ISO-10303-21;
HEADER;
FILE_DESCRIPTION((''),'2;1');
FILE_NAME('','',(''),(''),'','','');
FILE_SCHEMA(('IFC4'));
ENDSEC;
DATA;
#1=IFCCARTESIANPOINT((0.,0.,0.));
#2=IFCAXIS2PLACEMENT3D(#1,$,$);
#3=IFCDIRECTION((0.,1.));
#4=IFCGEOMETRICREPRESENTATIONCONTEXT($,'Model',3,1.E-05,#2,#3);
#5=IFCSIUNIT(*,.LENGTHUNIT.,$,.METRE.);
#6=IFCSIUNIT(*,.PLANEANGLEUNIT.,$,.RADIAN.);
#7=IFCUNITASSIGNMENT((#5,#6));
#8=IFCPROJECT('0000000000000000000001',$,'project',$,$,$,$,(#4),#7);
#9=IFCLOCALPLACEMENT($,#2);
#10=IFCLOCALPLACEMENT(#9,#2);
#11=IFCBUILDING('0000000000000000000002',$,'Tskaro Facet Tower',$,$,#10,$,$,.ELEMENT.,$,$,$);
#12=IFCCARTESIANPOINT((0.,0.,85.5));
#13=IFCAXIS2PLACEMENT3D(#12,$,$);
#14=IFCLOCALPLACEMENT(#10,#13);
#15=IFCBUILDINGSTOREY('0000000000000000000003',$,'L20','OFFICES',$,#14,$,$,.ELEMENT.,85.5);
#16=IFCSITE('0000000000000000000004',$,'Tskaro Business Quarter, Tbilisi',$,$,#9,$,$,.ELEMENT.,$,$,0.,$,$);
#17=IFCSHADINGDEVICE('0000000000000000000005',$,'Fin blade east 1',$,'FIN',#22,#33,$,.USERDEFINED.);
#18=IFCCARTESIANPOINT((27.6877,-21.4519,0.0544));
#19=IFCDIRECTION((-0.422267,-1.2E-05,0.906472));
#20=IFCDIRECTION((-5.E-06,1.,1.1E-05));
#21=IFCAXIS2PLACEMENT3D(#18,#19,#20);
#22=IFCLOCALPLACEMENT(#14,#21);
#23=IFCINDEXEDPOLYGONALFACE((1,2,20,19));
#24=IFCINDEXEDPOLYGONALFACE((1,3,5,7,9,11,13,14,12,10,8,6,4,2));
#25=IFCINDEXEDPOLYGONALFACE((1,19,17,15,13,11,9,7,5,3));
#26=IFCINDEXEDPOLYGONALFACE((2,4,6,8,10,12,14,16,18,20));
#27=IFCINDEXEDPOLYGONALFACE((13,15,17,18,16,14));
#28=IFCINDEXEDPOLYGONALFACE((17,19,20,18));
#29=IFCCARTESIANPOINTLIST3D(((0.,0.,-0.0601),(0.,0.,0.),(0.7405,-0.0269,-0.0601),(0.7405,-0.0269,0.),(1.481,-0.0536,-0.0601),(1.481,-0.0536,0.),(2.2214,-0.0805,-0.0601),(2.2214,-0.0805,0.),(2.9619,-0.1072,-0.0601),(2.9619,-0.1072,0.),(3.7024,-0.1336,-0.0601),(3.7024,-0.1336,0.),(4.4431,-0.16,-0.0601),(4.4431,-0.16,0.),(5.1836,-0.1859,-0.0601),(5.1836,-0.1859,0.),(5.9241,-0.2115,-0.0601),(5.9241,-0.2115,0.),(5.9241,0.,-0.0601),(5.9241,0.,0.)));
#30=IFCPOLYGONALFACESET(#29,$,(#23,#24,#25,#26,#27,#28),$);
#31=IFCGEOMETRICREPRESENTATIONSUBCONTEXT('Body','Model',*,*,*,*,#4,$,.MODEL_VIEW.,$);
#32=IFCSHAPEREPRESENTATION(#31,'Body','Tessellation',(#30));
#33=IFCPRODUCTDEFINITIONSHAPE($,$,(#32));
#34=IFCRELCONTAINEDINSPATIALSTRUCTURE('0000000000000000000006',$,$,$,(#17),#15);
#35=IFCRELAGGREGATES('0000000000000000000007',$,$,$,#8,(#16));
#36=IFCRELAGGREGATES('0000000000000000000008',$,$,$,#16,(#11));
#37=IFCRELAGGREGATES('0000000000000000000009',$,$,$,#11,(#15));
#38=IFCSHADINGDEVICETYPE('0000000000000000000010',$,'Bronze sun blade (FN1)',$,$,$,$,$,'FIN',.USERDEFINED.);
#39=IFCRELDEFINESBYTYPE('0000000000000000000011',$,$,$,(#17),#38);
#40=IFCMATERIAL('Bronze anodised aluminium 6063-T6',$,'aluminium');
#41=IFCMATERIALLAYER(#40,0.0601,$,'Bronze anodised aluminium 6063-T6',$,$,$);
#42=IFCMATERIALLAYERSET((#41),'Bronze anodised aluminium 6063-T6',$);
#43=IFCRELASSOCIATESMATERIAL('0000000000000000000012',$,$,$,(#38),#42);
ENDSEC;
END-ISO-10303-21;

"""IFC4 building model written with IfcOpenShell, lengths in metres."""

from ifc_helpers import new_model, si_unit, direction, frame, origin, place, context, subcontext, project, spatial, polyline, outline, extrude, material, layer, layer_set, type_object, element, save


model = new_model("IFC4")

# Units and contexts
model_context = context("Model", 3, precision=1e-05, world=origin(), true_north=direction((0.0, 1.0)))
body_context = subcontext(model_context, "Body", "Model", "MODEL_VIEW")
ifc_project = project(units=[si_unit("LENGTHUNIT", "METRE"), si_unit("PLANEANGLEUNIT", "RADIAN")], contexts=[model_context])

# Site, building, storey
site_placement = place(None, origin())
site = spatial("IfcSite", under=ifc_project, at=site_placement, Name="Tskaro Business Quarter, Tbilisi", CompositionType="ELEMENT", RefElevation=0.0)
building_placement = place(site_placement, origin())
building = spatial("IfcBuilding", under=site, at=building_placement, Name="Tskaro Facet Tower", CompositionType="ELEMENT")
storey_placement = place(building_placement, frame((0.0, 0.0, 85.5)))
storey = spatial("IfcBuildingStorey", under=building, at=storey_placement, Name="L20", Description="OFFICES", CompositionType="ELEMENT", Elevation=85.5)

# Shared definitions
ifc_material_1 = material(Name="Bronze anodised aluminium 6063-T6", Category="aluminium")

# Shading device
ifc_layer_1 = layer(ifc_material_1, 0.0601, Name="Bronze anodised aluminium 6063-T6")
ifc_layer_set_1 = layer_set([ifc_layer_1], Name="Bronze anodised aluminium 6063-T6")
shading_device_type = type_object("IfcShadingDeviceType", Name="Bronze sun blade (FN1)", ElementType="FIN", PredefinedType="USERDEFINED", material=ifc_layer_set_1)
shading_device_1_placement = place(storey_placement, frame((27.6877, -21.4519, 0.0544), z_axis=(-0.422267, -0.000012, 0.906472), x_axis=(-0.000005, 1.0, 0.000011)))
element("IfcShadingDevice", 1, at=shading_device_1_placement, inside=storey, type_object=shading_device_type, Name="Fin blade east 1", ObjectType="FIN", PredefinedType="USERDEFINED", context=body_context, shape_type="SweptSolid", body=[
    extrude(outline(polyline([(0.0, 0.0), (5.9241, 0.0), (5.9241, -0.2115), (5.1836, -0.1859), (4.4431, -0.16), (3.7024, -0.1336), (2.9619, -0.1072), (2.2214, -0.0805), (1.481, -0.0536), (0.7405, -0.0269), (0.0, 0.0)])), origin(), (0.0, 0.0, -1.0), 0.0601),
])

save(model, "model.ifc")
